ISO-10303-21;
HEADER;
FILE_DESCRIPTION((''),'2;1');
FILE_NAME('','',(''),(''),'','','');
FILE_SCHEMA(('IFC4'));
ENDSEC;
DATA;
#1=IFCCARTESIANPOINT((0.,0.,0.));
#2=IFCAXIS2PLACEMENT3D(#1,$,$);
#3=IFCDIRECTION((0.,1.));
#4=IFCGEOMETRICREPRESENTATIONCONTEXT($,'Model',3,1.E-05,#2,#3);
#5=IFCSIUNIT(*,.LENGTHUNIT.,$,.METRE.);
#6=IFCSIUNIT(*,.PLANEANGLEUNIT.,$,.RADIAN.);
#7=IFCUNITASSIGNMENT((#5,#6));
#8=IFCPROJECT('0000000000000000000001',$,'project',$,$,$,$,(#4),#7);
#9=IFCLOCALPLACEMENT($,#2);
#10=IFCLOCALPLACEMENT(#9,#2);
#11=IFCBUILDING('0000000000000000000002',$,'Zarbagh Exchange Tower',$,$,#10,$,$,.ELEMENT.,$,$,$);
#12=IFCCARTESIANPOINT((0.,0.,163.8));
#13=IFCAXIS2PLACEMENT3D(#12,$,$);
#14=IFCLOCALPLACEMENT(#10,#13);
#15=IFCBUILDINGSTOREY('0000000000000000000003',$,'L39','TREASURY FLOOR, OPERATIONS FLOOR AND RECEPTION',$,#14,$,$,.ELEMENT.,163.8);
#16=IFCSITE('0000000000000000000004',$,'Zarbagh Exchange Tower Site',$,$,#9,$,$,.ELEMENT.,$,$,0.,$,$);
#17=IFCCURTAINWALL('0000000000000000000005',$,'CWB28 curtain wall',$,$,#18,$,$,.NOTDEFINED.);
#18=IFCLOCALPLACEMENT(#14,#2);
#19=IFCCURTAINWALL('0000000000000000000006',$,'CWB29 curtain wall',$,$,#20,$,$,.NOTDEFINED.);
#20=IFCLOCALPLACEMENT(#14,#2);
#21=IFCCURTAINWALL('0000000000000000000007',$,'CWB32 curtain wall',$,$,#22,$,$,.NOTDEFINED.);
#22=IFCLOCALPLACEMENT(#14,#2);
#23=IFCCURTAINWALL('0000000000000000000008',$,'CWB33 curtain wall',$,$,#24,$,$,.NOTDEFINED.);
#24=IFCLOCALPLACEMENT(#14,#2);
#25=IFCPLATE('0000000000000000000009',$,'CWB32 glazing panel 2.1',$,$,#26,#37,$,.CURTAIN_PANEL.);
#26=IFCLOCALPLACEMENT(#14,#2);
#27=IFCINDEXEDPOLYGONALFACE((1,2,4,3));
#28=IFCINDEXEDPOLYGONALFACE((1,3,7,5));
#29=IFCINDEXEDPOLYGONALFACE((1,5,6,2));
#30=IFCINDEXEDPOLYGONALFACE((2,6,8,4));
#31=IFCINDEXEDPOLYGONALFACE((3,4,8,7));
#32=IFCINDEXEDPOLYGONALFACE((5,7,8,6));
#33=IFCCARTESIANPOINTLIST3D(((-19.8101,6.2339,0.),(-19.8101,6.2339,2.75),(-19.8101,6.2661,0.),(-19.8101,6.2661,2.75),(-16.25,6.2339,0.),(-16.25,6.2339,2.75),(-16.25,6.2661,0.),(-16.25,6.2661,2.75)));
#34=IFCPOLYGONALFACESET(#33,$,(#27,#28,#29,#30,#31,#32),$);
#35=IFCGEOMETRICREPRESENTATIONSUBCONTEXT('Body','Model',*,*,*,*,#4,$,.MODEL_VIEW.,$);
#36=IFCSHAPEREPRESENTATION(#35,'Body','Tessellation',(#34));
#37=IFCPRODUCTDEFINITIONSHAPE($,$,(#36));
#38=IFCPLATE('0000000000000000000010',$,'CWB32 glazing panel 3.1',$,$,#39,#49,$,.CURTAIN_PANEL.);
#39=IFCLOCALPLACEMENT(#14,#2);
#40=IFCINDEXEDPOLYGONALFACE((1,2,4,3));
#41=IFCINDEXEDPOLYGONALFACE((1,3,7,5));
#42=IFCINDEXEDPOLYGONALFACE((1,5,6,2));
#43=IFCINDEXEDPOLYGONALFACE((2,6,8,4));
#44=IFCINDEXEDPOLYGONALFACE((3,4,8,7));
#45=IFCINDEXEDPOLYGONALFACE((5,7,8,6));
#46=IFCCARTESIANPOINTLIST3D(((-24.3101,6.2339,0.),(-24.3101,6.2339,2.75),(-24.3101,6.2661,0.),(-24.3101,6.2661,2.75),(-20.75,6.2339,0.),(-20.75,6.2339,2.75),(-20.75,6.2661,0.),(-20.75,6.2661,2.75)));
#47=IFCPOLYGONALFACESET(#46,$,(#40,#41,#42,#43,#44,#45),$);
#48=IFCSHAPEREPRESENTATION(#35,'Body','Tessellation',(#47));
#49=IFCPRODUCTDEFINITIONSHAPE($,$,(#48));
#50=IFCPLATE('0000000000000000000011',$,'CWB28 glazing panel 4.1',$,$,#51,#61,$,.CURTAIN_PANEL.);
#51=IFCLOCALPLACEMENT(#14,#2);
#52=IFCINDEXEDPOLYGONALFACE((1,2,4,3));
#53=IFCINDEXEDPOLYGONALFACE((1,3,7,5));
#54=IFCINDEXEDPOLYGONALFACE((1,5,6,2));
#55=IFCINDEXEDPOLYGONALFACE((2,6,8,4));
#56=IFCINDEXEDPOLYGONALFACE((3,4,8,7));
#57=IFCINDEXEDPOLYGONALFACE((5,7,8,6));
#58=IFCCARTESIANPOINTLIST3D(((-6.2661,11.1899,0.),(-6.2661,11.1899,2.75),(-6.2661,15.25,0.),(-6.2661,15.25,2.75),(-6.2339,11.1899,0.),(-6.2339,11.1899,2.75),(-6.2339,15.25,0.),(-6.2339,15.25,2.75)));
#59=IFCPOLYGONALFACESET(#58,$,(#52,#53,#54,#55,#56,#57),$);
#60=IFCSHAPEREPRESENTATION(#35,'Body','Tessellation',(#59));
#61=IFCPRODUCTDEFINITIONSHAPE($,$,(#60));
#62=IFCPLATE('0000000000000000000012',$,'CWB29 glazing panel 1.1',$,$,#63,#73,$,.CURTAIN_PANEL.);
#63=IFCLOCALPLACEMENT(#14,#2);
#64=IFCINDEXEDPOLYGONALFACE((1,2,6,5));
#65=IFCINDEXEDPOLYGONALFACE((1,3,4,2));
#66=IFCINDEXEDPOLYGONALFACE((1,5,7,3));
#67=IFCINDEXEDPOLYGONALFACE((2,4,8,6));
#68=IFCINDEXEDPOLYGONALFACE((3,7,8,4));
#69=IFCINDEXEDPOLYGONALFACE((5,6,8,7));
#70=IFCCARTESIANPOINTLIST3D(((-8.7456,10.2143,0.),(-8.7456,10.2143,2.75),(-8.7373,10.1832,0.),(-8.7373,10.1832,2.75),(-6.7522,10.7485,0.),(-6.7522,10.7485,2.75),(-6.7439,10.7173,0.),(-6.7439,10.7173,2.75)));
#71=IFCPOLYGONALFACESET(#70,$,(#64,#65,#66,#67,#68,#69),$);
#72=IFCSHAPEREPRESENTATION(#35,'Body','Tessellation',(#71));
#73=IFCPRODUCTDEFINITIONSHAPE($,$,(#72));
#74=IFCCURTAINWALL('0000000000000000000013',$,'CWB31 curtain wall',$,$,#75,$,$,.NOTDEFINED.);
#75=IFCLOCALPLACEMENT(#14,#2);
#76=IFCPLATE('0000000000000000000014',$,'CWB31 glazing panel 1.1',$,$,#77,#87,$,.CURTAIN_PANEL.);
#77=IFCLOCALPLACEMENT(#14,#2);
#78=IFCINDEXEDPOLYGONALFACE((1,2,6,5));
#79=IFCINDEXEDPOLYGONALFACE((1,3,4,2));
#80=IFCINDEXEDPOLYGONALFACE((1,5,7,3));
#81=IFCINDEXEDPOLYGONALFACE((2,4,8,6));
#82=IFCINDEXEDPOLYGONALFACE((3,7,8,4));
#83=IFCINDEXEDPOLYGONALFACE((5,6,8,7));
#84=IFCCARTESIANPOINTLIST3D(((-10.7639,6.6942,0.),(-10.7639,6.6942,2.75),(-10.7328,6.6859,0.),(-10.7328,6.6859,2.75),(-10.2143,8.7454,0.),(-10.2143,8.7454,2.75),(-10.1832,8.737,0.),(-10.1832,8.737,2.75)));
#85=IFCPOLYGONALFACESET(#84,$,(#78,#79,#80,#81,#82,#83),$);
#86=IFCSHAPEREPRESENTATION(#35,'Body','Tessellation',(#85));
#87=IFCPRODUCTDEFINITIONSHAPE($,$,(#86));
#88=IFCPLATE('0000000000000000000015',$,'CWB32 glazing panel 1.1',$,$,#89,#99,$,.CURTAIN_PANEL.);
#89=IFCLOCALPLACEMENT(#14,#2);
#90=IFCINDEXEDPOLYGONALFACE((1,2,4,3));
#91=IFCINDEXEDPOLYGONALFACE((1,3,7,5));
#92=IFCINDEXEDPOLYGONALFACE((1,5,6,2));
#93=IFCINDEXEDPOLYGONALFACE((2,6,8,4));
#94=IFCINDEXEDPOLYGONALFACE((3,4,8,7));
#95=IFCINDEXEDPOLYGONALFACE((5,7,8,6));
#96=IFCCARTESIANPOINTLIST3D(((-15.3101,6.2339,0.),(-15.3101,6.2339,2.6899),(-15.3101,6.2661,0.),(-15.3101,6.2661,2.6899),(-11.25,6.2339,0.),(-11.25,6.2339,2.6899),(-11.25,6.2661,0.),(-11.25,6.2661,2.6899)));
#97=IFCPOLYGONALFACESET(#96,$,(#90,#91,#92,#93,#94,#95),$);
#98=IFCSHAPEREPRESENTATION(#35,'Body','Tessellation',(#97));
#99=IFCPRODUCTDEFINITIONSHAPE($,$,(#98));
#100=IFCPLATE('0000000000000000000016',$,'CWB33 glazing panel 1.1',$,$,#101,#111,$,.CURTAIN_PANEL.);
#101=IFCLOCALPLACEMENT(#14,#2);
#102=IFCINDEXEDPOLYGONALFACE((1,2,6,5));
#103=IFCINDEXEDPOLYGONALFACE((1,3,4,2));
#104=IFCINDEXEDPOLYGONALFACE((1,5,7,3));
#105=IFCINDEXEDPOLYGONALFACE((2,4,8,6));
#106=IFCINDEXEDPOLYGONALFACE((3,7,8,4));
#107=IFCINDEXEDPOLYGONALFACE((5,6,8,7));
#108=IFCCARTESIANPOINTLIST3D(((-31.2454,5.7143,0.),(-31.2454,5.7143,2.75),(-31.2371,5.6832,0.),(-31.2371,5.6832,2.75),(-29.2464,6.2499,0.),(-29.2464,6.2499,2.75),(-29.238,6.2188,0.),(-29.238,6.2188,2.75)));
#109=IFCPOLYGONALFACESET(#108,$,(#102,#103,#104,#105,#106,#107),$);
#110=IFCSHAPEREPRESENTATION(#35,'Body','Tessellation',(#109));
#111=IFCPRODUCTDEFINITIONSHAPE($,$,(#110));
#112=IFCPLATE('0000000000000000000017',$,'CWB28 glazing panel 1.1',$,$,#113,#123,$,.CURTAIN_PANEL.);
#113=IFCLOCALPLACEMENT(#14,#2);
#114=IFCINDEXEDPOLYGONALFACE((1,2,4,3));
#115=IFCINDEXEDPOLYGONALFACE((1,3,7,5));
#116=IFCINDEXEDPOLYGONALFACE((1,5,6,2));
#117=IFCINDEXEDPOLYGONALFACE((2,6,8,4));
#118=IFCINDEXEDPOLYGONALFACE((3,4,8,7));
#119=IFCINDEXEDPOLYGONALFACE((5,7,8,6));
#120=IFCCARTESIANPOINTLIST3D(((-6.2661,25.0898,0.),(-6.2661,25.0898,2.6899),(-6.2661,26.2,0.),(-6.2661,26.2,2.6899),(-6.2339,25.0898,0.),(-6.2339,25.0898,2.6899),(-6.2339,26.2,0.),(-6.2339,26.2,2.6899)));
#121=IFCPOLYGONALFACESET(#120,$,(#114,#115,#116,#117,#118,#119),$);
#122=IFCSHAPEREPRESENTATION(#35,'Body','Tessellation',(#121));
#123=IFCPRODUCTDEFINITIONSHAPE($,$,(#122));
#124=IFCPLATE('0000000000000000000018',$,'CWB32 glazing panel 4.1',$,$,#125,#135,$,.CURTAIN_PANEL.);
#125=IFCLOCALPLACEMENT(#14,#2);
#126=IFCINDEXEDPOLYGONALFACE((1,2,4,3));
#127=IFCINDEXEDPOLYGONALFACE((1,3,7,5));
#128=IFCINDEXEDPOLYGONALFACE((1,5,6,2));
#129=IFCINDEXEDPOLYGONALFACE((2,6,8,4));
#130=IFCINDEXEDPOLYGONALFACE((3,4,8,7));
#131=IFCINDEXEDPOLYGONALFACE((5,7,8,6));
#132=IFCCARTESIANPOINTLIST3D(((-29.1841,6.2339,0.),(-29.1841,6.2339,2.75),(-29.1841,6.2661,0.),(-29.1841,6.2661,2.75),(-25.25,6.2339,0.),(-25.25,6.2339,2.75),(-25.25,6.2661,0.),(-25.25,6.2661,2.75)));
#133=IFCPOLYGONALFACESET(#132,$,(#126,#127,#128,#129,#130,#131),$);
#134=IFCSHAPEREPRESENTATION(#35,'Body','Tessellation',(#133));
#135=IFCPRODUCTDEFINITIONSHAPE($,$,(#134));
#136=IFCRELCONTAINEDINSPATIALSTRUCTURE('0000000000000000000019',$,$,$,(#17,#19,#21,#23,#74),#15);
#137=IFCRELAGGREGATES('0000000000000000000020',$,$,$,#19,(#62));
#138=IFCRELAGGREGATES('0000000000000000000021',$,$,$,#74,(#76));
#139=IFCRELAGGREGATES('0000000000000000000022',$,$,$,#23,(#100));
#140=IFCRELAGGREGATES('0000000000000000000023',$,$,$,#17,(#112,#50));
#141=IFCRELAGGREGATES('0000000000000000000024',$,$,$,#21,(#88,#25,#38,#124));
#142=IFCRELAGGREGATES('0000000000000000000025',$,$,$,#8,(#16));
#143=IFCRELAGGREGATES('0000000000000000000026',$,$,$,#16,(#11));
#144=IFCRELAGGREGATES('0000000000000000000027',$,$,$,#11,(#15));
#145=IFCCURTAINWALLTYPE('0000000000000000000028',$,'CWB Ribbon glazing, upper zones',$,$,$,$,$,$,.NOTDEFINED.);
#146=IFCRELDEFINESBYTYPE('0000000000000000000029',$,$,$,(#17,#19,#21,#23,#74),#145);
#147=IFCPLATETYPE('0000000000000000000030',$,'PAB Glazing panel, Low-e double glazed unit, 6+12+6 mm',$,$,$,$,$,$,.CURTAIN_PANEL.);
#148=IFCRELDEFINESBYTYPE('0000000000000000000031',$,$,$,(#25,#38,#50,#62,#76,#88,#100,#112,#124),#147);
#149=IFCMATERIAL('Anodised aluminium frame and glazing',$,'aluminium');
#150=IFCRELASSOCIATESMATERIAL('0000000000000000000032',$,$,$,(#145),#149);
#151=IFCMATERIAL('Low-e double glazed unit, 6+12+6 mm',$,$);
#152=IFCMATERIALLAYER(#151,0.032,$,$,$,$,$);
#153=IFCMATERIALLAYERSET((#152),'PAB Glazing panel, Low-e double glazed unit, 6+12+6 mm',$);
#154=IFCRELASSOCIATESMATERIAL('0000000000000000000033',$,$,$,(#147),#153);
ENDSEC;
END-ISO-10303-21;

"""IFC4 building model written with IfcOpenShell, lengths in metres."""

from ifc_helpers import new_model, si_unit, direction, frame, origin, place, context, subcontext, project, spatial, polyline, outline, extrude, source, transform, mapped, material, layer, layer_set, type_object, element, aggregate, save


model = new_model("IFC4")

# Units and contexts
model_context = context("Model", 3, precision=1e-05, world=origin(), true_north=direction((0.0, 1.0)))
body_context = subcontext(model_context, "Body", "Model", "MODEL_VIEW")
ifc_project = project(units=[si_unit("LENGTHUNIT", "METRE"), si_unit("PLANEANGLEUNIT", "RADIAN")], contexts=[model_context])

# Site, building, storey
site_placement = place(None, origin())
site = spatial("IfcSite", under=ifc_project, at=site_placement, Name="Zarbagh Exchange Tower Site", CompositionType="ELEMENT", RefElevation=0.0)
building_placement = place(site_placement, origin())
building = spatial("IfcBuilding", under=site, at=building_placement, Name="Zarbagh Exchange Tower", CompositionType="ELEMENT")
storey_placement = place(building_placement, frame((0.0, 0.0, 163.8)))
storey = spatial("IfcBuildingStorey", under=building, at=storey_placement, Name="L39", Description="TREASURY FLOOR, OPERATIONS FLOOR AND RECEPTION", CompositionType="ELEMENT", Elevation=163.8)

# Curtain wall
ifc_material_1 = material(Name="Anodised aluminium frame and glazing", Category="aluminium")
curtain_wall_type = type_object("IfcCurtainWallType", Name="CWB Ribbon glazing, upper zones", PredefinedType="NOTDEFINED", material=ifc_material_1)
curtain_wall_1_placement = place(storey_placement, origin())
curtain_wall_1 = element("IfcCurtainWall", 1, at=curtain_wall_1_placement, inside=storey, type_object=curtain_wall_type, Name="CWB28 curtain wall", PredefinedType="NOTDEFINED")
placement = place(storey_placement, origin())

# Curtain wall
curtain_wall_2_placement = place(storey_placement, origin())
curtain_wall_2 = element("IfcCurtainWall", 2, at=curtain_wall_2_placement, inside=storey, type_object=curtain_wall_type, Name="CWB29 curtain wall", PredefinedType="NOTDEFINED")

# Curtain wall
curtain_wall_3_placement = place(storey_placement, origin())
curtain_wall_3 = element("IfcCurtainWall", 3, at=curtain_wall_3_placement, inside=storey, type_object=curtain_wall_type, Name="CWB32 curtain wall", PredefinedType="NOTDEFINED")

# Curtain wall
curtain_wall_4_placement = place(storey_placement, origin())
curtain_wall_4 = element("IfcCurtainWall", 4, at=curtain_wall_4_placement, inside=storey, type_object=curtain_wall_type, Name="CWB33 curtain wall", PredefinedType="NOTDEFINED")

# Shared definitions
ifc_material_2 = material(Name="Low-e double glazed unit, 6+12+6 mm")
ifc_layer = layer(ifc_material_2, 0.032)
ifc_layer_set = layer_set([ifc_layer], Name="PAB Glazing panel, Low-e double glazed unit, 6+12+6 mm")
plate_type = type_object("IfcPlateType", Name="PAB Glazing panel, Low-e double glazed unit, 6+12+6 mm", PredefinedType="CURTAIN_PANEL", material=ifc_layer_set)

# Plates
shared_shape_1 = source(origin(), body_context, "Body", "SweptSolid", [
    extrude(outline(polyline([(0.0, -0.0161), (3.5601, -0.0161), (3.5601, 0.0161), (0.0, 0.0161), (0.0, -0.0161)])), origin(), (0.0, 0.0, 1.0), 2.75),
])
plate_1 = element("IfcPlate", 5, at=placement, type_object=plate_type, Name="CWB32 glazing panel 2.1", PredefinedType="CURTAIN_PANEL", context=body_context, shape_type="MappedRepresentation", body=[
    mapped(shared_shape_1, transform((-16.25, 6.25, 0.0), x_axis=(-1.0, 0.0, 0.0), y_axis=(0.0, -1.0, 0.0), z_axis=(0.0, 0.0, 1.0))),
])
plate_2 = element("IfcPlate", 6, at=placement, type_object=plate_type, Name="CWB32 glazing panel 3.1", PredefinedType="CURTAIN_PANEL", context=body_context, shape_type="MappedRepresentation", body=[
    mapped(shared_shape_1, transform((-20.75, 6.25, 0.0), x_axis=(-1.0, 0.0, 0.0), y_axis=(0.0, -1.0, 0.0), z_axis=(0.0, 0.0, 1.0))),
])
shared_shape_2 = source(origin(), body_context, "Body", "SweptSolid", [
    extrude(outline(polyline([(0.0, -0.0161), (4.0601, -0.0161), (4.0601, 0.0161), (0.0, 0.0161), (0.0, -0.0161)])), origin(), (0.0, 0.0, 1.0), 2.75),
])
plate_3 = element("IfcPlate", 7, at=placement, type_object=plate_type, Name="CWB28 glazing panel 4.1", PredefinedType="CURTAIN_PANEL", context=body_context, shape_type="MappedRepresentation", body=[
    mapped(shared_shape_2, transform((-6.25, 15.25, 0.0), x_axis=(0.0, -1.0, 0.0), y_axis=(1.0, 0.0, 0.0), z_axis=(0.0, 0.0, 1.0))),
])
shared_shape_3 = source(origin(), body_context, "Body", "SweptSolid", [
    extrude(outline(polyline([(0.0, -0.0161), (2.0637, -0.0161), (2.0637, 0.0161), (0.0, 0.0161), (0.0, -0.0161)])), origin(), (0.0, 0.0, 1.0), 2.75),
])
plate_4 = element("IfcPlate", 8, at=placement, type_object=plate_type, Name="CWB29 glazing panel 1.1", PredefinedType="CURTAIN_PANEL", context=body_context, shape_type="MappedRepresentation", body=[
    mapped(shared_shape_3, transform((-6.748, 10.7329, 0.0), x_axis=(-0.965924, -0.258825, 0.0), y_axis=(0.258825, -0.965924, 0.0), z_axis=(0.0, 0.0, 1.0))),
])
aggregate(curtain_wall_2, [plate_4])

# Curtain wall, plate
curtain_wall_5_placement = place(storey_placement, origin())
curtain_wall_5 = element("IfcCurtainWall", 9, at=curtain_wall_5_placement, inside=storey, type_object=curtain_wall_type, Name="CWB31 curtain wall", PredefinedType="NOTDEFINED")
shared_shape_4 = source(origin(), body_context, "Body", "SweptSolid", [
    extrude(outline(polyline([(0.0, -0.0161), (2.1235, -0.0161), (2.1235, 0.0161), (0.0, 0.0161), (0.0, -0.0161)])), origin(), (0.0, 0.0, 1.0), 2.75),
])
plate_5 = element("IfcPlate", 10, at=placement, type_object=plate_type, Name="CWB31 glazing panel 1.1", PredefinedType="CURTAIN_PANEL", context=body_context, shape_type="MappedRepresentation", body=[
    mapped(shared_shape_4, transform((-10.1987, 8.7412, 0.0), x_axis=(-0.258825, -0.965924, 0.0), y_axis=(0.965924, -0.258825, 0.0), z_axis=(0.0, 0.0, 1.0))),
])
aggregate(curtain_wall_5, [plate_5])

# Plates
shared_shape_5 = source(origin(), body_context, "Body", "SweptSolid", [
    extrude(outline(polyline([(0.0, -0.0161), (4.0601, -0.0161), (4.0601, 0.0161), (0.0, 0.0161), (0.0, -0.0161)])), origin(), (0.0, 0.0, 1.0), 2.6899),
])
plate_6 = element("IfcPlate", 11, at=placement, type_object=plate_type, Name="CWB32 glazing panel 1.1", PredefinedType="CURTAIN_PANEL", context=body_context, shape_type="MappedRepresentation", body=[
    mapped(shared_shape_5, transform((-11.25, 6.25, 0.0), x_axis=(-1.0, 0.0, 0.0), y_axis=(0.0, -1.0, 0.0), z_axis=(0.0, 0.0, 1.0))),
])
shared_shape_6 = source(origin(), body_context, "Body", "SweptSolid", [
    extrude(outline(polyline([(0.0, -0.0161), (2.0696, -0.0161), (2.0696, 0.0161), (0.0, 0.0161), (0.0, -0.0161)])), origin(), (0.0, 0.0, 1.0), 2.75),
])
plate_7 = element("IfcPlate", 12, at=placement, type_object=plate_type, Name="CWB33 glazing panel 1.1", PredefinedType="CURTAIN_PANEL", context=body_context, shape_type="MappedRepresentation", body=[
    mapped(shared_shape_6, transform((-29.2422, 6.2344, 0.0), x_axis=(-0.965924, -0.258825, 0.0), y_axis=(0.258825, -0.965924, 0.0), z_axis=(0.0, 0.0, 1.0))),
])
aggregate(curtain_wall_4, [plate_7])
shared_shape_7 = source(origin(), body_context, "Body", "SweptSolid", [
    extrude(outline(polyline([(0.0, -0.0161), (1.1101, -0.0161), (1.1101, 0.0161), (0.0, 0.0161), (0.0, -0.0161)])), origin(), (0.0, 0.0, 1.0), 2.6899),
])
plate_8 = element("IfcPlate", 13, at=placement, type_object=plate_type, Name="CWB28 glazing panel 1.1", PredefinedType="CURTAIN_PANEL", context=body_context, shape_type="MappedRepresentation", body=[
    mapped(shared_shape_7, transform((-6.25, 26.2, 0.0), x_axis=(0.0, -1.0, 0.0), y_axis=(1.0, 0.0, 0.0), z_axis=(0.0, 0.0, 1.0))),
])
aggregate(curtain_wall_1, [plate_8, plate_3])
shared_shape_8 = source(origin(), body_context, "Body", "SweptSolid", [
    extrude(outline(polyline([(0.0, -0.0161), (3.9341, -0.0161), (3.9341, 0.0161), (0.0, 0.0161), (0.0, -0.0161)])), origin(), (0.0, 0.0, 1.0), 2.75),
])
plate_9 = element("IfcPlate", 14, at=placement, type_object=plate_type, Name="CWB32 glazing panel 4.1", PredefinedType="CURTAIN_PANEL", context=body_context, shape_type="MappedRepresentation", body=[
    mapped(shared_shape_8, transform((-25.25, 6.25, 0.0), x_axis=(-1.0, 0.0, 0.0), y_axis=(0.0, -1.0, 0.0), z_axis=(0.0, 0.0, 1.0))),
])
aggregate(curtain_wall_3, [plate_6, plate_1, plate_2, plate_9])

save(model, "model.ifc")
